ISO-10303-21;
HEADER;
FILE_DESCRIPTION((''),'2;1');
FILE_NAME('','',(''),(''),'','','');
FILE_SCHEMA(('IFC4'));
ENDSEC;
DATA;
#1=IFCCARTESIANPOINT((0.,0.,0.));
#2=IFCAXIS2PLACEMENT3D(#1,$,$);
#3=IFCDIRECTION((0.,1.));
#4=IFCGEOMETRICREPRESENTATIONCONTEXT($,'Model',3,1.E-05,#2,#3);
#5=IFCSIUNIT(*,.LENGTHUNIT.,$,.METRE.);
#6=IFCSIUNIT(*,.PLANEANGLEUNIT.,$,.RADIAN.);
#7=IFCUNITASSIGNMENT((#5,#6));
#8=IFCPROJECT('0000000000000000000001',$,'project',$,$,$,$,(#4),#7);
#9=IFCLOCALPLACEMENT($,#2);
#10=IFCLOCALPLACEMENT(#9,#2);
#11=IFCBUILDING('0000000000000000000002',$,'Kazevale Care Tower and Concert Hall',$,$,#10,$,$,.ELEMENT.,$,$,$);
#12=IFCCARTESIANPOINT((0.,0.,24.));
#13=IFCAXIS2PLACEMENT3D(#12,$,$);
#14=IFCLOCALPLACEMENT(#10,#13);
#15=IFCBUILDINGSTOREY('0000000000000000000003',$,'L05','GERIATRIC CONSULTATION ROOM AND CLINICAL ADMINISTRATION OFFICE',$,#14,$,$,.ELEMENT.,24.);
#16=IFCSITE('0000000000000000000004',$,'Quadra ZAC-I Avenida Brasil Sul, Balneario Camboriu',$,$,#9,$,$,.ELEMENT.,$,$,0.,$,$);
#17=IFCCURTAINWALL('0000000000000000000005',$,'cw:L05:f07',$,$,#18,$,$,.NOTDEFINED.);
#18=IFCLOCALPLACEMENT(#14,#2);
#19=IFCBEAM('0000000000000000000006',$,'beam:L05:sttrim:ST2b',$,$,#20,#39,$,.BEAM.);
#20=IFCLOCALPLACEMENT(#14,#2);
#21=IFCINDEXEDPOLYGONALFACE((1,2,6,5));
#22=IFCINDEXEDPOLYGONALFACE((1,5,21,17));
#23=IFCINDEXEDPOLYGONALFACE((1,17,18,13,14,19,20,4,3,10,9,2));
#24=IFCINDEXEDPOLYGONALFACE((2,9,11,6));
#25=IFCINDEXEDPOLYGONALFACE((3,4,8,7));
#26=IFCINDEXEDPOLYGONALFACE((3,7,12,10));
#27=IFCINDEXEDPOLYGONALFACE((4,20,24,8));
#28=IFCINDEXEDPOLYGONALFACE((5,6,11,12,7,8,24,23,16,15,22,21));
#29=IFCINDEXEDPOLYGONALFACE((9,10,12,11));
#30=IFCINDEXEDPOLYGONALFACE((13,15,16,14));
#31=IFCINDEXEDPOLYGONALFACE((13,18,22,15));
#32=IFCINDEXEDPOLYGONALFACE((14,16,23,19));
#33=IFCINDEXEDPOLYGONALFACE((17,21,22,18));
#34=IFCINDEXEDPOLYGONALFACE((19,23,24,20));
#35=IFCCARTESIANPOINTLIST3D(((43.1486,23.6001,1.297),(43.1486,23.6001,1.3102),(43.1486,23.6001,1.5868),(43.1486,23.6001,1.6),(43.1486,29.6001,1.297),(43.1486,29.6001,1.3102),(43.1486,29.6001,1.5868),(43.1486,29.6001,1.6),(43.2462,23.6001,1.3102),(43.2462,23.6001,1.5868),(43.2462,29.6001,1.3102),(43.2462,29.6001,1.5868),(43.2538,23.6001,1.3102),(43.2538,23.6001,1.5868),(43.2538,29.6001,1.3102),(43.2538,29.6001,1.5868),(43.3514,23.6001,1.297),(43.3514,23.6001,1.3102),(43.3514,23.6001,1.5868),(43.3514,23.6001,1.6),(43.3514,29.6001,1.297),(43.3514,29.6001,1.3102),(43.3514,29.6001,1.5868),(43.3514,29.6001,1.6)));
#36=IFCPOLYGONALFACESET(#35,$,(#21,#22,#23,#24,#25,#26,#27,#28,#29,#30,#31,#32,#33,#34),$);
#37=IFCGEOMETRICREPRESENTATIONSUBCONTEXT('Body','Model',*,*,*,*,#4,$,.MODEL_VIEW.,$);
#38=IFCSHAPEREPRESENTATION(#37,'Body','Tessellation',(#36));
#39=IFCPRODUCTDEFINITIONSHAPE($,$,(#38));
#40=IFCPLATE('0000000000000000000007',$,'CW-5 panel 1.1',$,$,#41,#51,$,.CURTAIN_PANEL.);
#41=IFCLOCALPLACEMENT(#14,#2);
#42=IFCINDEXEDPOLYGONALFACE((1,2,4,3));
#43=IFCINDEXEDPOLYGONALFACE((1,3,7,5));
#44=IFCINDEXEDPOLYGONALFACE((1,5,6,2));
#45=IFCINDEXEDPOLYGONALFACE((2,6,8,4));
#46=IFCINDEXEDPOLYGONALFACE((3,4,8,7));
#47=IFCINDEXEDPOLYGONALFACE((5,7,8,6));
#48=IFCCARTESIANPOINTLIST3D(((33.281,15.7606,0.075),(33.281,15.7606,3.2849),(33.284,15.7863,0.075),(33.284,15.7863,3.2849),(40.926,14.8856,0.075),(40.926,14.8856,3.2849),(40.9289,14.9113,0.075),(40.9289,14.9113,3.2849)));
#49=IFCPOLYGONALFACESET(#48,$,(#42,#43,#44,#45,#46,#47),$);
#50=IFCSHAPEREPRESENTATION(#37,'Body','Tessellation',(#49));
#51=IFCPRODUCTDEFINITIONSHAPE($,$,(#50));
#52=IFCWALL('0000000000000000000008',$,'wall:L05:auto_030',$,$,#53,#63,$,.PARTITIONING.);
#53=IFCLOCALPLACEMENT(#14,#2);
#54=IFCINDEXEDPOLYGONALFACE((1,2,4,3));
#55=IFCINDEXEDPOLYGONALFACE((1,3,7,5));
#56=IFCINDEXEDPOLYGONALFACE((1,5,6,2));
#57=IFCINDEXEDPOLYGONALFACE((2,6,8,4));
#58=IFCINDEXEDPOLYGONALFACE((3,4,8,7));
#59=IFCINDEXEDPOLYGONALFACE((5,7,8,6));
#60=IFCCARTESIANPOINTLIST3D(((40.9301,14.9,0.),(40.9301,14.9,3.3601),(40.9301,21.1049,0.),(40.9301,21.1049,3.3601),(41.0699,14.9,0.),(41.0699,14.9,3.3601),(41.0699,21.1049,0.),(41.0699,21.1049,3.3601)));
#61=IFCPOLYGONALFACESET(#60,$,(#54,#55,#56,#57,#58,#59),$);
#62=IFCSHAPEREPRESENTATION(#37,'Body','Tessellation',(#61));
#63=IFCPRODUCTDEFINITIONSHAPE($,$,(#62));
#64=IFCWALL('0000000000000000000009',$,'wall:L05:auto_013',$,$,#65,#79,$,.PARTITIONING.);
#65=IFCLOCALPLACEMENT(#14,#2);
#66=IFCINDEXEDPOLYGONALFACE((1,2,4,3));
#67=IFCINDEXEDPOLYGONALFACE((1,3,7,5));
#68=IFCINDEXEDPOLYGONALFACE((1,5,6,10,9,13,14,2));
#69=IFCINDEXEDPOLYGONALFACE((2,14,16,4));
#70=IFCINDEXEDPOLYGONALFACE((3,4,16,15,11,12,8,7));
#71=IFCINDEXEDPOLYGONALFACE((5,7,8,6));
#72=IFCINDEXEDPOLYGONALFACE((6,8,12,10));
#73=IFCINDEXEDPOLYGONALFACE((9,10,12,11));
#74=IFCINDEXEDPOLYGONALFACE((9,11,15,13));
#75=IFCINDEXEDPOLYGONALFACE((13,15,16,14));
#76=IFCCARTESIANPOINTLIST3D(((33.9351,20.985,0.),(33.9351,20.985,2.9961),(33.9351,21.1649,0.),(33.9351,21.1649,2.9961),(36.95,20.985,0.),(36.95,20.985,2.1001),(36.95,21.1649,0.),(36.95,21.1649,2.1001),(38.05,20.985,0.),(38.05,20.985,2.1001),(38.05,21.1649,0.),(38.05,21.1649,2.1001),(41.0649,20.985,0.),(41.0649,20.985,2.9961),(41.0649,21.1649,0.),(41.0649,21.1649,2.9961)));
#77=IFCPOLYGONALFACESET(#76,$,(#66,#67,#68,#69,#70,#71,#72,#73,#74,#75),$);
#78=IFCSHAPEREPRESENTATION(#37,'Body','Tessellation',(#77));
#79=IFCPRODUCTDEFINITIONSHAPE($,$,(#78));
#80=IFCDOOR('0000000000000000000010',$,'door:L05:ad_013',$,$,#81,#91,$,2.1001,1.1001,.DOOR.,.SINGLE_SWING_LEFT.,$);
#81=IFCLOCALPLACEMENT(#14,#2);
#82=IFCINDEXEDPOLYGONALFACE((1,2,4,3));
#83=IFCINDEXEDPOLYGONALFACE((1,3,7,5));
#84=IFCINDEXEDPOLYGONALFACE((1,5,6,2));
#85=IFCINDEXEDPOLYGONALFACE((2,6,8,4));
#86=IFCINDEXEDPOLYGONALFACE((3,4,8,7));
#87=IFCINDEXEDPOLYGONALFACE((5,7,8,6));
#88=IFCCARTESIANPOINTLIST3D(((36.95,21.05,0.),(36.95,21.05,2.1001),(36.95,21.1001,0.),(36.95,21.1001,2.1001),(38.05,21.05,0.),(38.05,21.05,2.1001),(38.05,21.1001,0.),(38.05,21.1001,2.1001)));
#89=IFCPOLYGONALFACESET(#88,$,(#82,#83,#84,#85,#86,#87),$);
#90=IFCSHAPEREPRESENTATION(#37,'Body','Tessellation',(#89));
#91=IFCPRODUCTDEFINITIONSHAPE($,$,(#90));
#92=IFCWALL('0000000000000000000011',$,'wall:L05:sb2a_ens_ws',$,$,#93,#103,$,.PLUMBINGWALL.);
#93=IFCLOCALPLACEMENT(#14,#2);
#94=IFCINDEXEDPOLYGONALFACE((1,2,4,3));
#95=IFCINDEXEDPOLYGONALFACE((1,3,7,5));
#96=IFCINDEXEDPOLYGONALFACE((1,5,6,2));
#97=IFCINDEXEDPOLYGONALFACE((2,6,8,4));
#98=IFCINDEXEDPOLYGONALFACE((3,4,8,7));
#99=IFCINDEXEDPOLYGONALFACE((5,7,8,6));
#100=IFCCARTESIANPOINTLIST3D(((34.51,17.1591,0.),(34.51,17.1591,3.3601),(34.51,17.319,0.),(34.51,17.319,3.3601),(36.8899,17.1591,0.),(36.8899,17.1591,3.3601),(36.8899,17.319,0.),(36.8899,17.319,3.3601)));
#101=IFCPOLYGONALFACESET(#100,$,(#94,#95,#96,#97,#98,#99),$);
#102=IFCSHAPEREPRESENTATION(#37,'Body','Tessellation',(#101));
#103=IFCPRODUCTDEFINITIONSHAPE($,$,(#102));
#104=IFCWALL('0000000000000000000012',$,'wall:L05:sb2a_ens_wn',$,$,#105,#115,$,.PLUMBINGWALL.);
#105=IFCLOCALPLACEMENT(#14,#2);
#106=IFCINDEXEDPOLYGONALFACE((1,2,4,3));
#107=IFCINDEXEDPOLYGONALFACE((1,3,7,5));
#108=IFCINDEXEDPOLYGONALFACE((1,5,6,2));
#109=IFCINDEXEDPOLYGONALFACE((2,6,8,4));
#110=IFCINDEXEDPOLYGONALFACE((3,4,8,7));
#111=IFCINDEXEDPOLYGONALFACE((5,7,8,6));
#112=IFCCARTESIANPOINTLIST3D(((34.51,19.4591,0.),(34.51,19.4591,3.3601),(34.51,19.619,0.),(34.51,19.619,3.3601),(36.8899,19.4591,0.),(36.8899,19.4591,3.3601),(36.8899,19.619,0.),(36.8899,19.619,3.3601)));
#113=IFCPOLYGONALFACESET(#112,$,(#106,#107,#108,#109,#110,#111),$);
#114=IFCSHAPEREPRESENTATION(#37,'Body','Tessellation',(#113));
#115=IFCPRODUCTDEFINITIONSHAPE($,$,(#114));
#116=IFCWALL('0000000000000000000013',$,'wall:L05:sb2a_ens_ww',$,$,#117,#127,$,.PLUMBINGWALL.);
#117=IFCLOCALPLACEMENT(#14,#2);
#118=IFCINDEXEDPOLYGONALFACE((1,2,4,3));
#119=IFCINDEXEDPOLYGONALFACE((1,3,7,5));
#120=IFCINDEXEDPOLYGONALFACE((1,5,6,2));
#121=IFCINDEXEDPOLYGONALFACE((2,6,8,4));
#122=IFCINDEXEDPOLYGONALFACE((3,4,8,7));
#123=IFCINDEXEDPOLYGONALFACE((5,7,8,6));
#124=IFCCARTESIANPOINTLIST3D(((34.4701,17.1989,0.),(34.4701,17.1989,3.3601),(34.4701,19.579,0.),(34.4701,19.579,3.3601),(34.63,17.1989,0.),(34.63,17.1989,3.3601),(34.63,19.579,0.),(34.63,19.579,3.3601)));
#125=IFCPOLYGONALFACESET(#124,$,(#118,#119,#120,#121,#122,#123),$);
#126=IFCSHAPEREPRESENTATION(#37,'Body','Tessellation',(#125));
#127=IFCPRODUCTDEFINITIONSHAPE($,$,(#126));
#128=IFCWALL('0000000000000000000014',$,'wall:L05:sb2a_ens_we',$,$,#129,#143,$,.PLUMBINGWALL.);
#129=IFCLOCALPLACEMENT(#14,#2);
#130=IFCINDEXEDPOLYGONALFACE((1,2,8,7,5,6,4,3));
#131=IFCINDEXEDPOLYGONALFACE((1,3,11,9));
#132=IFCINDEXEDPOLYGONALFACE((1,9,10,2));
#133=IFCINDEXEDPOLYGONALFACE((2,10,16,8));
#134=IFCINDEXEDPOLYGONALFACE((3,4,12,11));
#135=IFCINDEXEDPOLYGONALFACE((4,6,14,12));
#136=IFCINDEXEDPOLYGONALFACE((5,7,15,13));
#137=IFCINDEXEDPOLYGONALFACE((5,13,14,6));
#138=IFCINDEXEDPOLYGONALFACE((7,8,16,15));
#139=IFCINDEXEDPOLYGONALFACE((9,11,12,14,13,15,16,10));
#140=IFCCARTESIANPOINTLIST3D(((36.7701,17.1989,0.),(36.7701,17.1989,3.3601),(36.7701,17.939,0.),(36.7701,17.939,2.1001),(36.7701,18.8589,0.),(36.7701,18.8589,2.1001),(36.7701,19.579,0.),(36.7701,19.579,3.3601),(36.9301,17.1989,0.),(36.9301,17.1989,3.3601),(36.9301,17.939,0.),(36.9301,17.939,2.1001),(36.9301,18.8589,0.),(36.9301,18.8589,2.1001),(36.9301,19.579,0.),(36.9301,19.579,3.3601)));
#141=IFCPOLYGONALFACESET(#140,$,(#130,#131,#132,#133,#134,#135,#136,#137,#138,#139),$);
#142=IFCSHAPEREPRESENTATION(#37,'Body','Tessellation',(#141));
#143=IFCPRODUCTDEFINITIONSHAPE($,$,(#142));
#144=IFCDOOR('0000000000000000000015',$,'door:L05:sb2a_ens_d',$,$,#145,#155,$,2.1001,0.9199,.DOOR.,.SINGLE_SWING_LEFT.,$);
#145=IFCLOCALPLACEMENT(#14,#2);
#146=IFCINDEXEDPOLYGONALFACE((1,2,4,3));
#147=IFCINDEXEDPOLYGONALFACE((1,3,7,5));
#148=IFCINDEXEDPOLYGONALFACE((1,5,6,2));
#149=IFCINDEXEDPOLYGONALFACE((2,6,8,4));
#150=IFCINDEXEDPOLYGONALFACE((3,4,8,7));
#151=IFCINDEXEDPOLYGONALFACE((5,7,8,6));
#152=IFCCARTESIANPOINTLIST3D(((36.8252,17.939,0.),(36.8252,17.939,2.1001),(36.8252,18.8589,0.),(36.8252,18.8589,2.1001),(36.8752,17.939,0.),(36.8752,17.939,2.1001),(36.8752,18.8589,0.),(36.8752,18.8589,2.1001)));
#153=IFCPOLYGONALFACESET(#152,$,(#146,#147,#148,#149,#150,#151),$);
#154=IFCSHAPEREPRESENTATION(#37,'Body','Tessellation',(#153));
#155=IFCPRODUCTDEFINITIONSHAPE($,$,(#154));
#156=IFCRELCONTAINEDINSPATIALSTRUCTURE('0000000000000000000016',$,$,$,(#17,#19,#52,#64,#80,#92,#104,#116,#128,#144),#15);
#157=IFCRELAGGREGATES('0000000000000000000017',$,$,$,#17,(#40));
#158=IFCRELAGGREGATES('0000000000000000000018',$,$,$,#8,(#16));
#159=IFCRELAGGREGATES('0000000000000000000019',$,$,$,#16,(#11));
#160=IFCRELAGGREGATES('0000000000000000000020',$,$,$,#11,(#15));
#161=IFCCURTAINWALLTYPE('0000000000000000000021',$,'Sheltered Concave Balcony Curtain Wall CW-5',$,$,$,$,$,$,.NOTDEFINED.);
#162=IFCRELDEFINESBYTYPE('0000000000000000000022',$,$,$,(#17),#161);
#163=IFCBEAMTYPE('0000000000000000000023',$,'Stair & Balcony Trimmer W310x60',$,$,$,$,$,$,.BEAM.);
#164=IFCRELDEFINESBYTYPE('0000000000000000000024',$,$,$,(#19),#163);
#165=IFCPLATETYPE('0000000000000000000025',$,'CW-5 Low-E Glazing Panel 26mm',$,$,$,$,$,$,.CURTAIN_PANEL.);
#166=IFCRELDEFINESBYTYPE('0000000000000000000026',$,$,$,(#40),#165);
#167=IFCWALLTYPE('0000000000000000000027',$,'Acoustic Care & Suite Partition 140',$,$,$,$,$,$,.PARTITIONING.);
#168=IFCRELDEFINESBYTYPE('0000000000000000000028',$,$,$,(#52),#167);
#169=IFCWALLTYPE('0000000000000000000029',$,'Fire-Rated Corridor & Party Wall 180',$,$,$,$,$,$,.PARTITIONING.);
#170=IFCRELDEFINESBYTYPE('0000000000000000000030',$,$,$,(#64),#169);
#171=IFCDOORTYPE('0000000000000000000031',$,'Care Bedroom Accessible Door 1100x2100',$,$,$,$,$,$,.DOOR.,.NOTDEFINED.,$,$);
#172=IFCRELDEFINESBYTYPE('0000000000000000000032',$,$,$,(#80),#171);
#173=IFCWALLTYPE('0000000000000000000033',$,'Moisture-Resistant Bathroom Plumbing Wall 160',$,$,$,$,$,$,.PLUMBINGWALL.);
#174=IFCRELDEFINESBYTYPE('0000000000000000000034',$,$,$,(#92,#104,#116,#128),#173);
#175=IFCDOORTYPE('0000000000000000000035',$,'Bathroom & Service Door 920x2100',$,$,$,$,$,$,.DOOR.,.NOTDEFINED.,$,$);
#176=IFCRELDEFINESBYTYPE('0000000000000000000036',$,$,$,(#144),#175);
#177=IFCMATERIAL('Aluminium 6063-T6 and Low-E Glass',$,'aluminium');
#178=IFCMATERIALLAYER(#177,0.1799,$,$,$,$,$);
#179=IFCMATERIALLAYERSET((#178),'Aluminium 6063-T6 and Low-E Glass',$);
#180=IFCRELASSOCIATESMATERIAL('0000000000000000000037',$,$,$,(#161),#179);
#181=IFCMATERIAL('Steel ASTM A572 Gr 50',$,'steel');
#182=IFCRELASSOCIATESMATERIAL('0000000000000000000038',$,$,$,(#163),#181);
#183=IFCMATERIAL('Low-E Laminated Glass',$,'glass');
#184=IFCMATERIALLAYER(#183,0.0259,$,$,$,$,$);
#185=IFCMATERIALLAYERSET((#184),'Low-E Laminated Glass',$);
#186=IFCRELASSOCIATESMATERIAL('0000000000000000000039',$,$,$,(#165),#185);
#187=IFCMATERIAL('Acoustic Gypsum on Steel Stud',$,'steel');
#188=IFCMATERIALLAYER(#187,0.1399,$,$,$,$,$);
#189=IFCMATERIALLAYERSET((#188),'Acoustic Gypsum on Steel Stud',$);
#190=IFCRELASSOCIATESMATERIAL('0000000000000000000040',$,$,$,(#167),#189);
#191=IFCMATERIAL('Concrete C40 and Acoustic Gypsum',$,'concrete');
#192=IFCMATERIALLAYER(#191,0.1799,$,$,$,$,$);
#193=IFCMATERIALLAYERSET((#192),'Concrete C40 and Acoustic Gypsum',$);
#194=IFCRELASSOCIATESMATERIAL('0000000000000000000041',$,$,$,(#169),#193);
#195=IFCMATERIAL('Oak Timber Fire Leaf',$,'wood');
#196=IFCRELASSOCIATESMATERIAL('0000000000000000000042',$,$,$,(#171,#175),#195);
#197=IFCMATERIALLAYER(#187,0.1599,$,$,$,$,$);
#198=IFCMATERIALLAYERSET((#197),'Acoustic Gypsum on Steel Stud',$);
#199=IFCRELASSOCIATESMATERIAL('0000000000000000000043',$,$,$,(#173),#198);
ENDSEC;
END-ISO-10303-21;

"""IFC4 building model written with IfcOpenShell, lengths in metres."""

from ifc_helpers import new_model, si_unit, direction, frame, frame_2d, origin, origin_2d, place, context, subcontext, project, spatial, rectangle, i_section, extrude, material, layer, layer_set, material_profile, profile_set, type_object, element, fill, aggregate, save


model = new_model("IFC4")

# Units and contexts
model_context = context("Model", 3, precision=1e-05, world=origin(), true_north=direction((0.0, 1.0)))
body_context = subcontext(model_context, "Body", "Model", "MODEL_VIEW")
ifc_project = project(units=[si_unit("LENGTHUNIT", "METRE"), si_unit("PLANEANGLEUNIT", "RADIAN")], contexts=[model_context])

# Site, building, storey
site_placement = place(None, origin())
site = spatial("IfcSite", under=ifc_project, at=site_placement, Name="Quadra ZAC-I Avenida Brasil Sul, Balneario Camboriu", CompositionType="ELEMENT", RefElevation=0.0)
building_placement = place(site_placement, origin())
building = spatial("IfcBuilding", under=site, at=building_placement, Name="Kazevale Care Tower and Concert Hall", CompositionType="ELEMENT")
storey_placement = place(building_placement, frame((0.0, 0.0, 24.0)))
storey = spatial("IfcBuildingStorey", under=building, at=storey_placement, Name="L05", Description="GERIATRIC CONSULTATION ROOM AND CLINICAL ADMINISTRATION OFFICE", CompositionType="ELEMENT", Elevation=24.0)

# Shared definitions
ifc_material_1 = material(Name="Aluminium 6063-T6 and Low-E Glass", Category="aluminium")
ifc_layer_1 = layer(ifc_material_1, 0.1799)
ifc_layer_set_1 = layer_set([ifc_layer_1], Name="Aluminium 6063-T6 and Low-E Glass")
curtain_wall_type = type_object("IfcCurtainWallType", Name="Sheltered Concave Balcony Curtain Wall CW-5", PredefinedType="NOTDEFINED", material=ifc_layer_set_1)

# Curtain wall
curtain_wall_1_placement = place(storey_placement, origin())
curtain_wall_1 = element("IfcCurtainWall", 1, at=curtain_wall_1_placement, inside=storey, type_object=curtain_wall_type, Name="cw:L05:f07", PredefinedType="NOTDEFINED")

# Beam
ifc_material_2 = material(Name="Steel ASTM A572 Gr 50", Category="steel")
ifc_material_profile_1 = material_profile(ifc_material_2, i_section(OverallWidth=0.2029, OverallDepth=0.303, WebThickness=0.0076, FlangeThickness=0.0132, at=origin_2d()), Name="W310x60")
ifc_profile_set_1 = profile_set([ifc_material_profile_1], Name="Steel ASTM A572 Gr 50")
beam_type_1 = type_object("IfcBeamType", Name="Stair & Balcony Trimmer W310x60", PredefinedType="BEAM", material=ifc_profile_set_1)
for number, where, z_axis, x_axis, name in (
    (2, (43.25, 23.6001, 1.4485), (0.0, 1.0, 0.0), (-1.0, 0.0, 0.0), "beam:L05:sttrim:ST2b"),
):
    element("IfcBeam", number, at=place(storey_placement, frame(where, z_axis=z_axis, x_axis=x_axis)), inside=storey, type_object=beam_type_1, Name=name, PredefinedType="BEAM", context=body_context, shape_type="SweptSolid", body=[
        extrude(i_section(OverallWidth=0.2029, OverallDepth=0.303, WebThickness=0.0076, FlangeThickness=0.0132, at=origin_2d()), origin(), (0.0, 0.0, 1.0), 6.0),
    ])

# Plate
ifc_material_3 = material(Name="Low-E Laminated Glass", Category="glass")
ifc_layer_2 = layer(ifc_material_3, 0.0259)
ifc_layer_set_2 = layer_set([ifc_layer_2], Name="Low-E Laminated Glass")
plate_type = type_object("IfcPlateType", Name="CW-5 Low-E Glazing Panel 26mm", PredefinedType="CURTAIN_PANEL", material=ifc_layer_set_2)
plate_placement = place(storey_placement, frame((37.105, 15.3359, 0.075), z_axis=(0.0, 0.0, 1.0), x_axis=(-0.993515, 0.113705, 0.0)))
plate = element("IfcPlate", 3, at=plate_placement, type_object=plate_type, Name="CW-5 panel 1.1", PredefinedType="CURTAIN_PANEL", context=body_context, shape_type="SweptSolid", body=[
    extrude(rectangle(XDim=7.6948, YDim=0.0259, at=origin_2d()), origin(), (0.0, 0.0, 1.0), 3.21),
])
aggregate(curtain_wall_1, [plate])

# Wall
ifc_material_4 = material(Name="Acoustic Gypsum on Steel Stud", Category="steel")
ifc_layer_3 = layer(ifc_material_4, 0.1399)
ifc_layer_set_3 = layer_set([ifc_layer_3], Name="Acoustic Gypsum on Steel Stud")
wall_type_1 = type_object("IfcWallType", Name="Acoustic Care & Suite Partition 140", PredefinedType="PARTITIONING", material=ifc_layer_set_3)
wall_1_placement = place(storey_placement, frame((41.0, 21.105, 0.0), z_axis=(0.0, 0.0, 1.0), x_axis=(0.0, -1.0, 0.0)))
element("IfcWall", 4, at=wall_1_placement, inside=storey, type_object=wall_type_1, Name="wall:L05:auto_030", PredefinedType="PARTITIONING", context=body_context, shape_type="SweptSolid", body=[
    extrude(rectangle(XDim=6.2048, YDim=0.1399, at=frame_2d((3.1025, 0.0))), origin(), (0.0, 0.0, 1.0), 3.3601),
])

# Wall, opening, door
ifc_material_5 = material(Name="Concrete C40 and Acoustic Gypsum", Category="concrete")
ifc_layer_4 = layer(ifc_material_5, 0.1799)
ifc_layer_set_4 = layer_set([ifc_layer_4], Name="Concrete C40 and Acoustic Gypsum")
wall_type_2 = type_object("IfcWallType", Name="Fire-Rated Corridor & Party Wall 180", PredefinedType="PARTITIONING", material=ifc_layer_set_4)
wall_2_placement = place(storey_placement, frame((41.0649, 21.075, 0.0), z_axis=(0.0, 0.0, 1.0), x_axis=(-1.0, 0.0, 0.0)))
wall_2 = element("IfcWall", 5, at=wall_2_placement, inside=storey, type_object=wall_type_2, Name="wall:L05:auto_013", PredefinedType="PARTITIONING", context=body_context, shape_type="SweptSolid", body=[
    extrude(rectangle(XDim=7.1299, YDim=0.1799, at=frame_2d((3.5649, 0.0))), origin(), (0.0, 0.0, 1.0), 2.9961),
])
opening_1_placement = place(wall_2_placement, frame((3.0149, 0.0, 0.0)))
opening_1 = element("IfcOpeningElement", 6, at=opening_1_placement, cuts=wall_2, PredefinedType="OPENING", context=body_context, shape_type="SweptSolid", body=[
    extrude(rectangle(XDim=1.1001, YDim=2.1001, at=frame_2d((0.55, 1.05))), frame((0.0, 0.0999, 0.0), z_axis=(0.0, -1.0, 0.0), x_axis=(1.0, 0.0, 0.0)), (0.0, 0.0, 1.0), 0.2),
])
ifc_material_6 = material(Name="Oak Timber Fire Leaf", Category="wood")
door_type_1 = type_object("IfcDoorType", Name="Care Bedroom Accessible Door 1100x2100", OperationType="NOTDEFINED", PredefinedType="DOOR", material=ifc_material_6)
door_1_placement = place(opening_1_placement, origin())
door_1 = element("IfcDoor", 7, at=door_1_placement, inside=storey, type_object=door_type_1, Name="door:L05:ad_013", OperationType="SINGLE_SWING_LEFT", OverallHeight=2.1001, OverallWidth=1.1001, PredefinedType="DOOR", context=body_context, shape_type="SweptSolid", body=[
    extrude(rectangle(XDim=1.1001, YDim=2.1001, at=frame_2d((0.55, 1.05))), frame((0.0, 0.0249, 0.0), z_axis=(0.0, -1.0, 0.0), x_axis=(1.0, 0.0, 0.0)), (0.0, 0.0, 1.0), 0.05),
])
fill(opening_1, door_1)

# Walls
ifc_layer_5 = layer(ifc_material_4, 0.1599)
ifc_layer_set_5 = layer_set([ifc_layer_5], Name="Acoustic Gypsum on Steel Stud")
wall_type_3 = type_object("IfcWallType", Name="Moisture-Resistant Bathroom Plumbing Wall 160", PredefinedType="PLUMBINGWALL", material=ifc_layer_set_5)
for number, where, z_axis, x_axis, name in (
    (8, (34.51, 17.239, 0.0), (0.0, 0.0, 1.0), (1.0, 0.0, 0.0), "wall:L05:sb2a_ens_ws"),
    (9, (34.51, 19.5391, 0.0), (0.0, 0.0, 1.0), (1.0, 0.0, 0.0), "wall:L05:sb2a_ens_wn"),
):
    element("IfcWall", number, at=place(storey_placement, frame(where, z_axis=z_axis, x_axis=x_axis)), inside=storey, type_object=wall_type_3, Name=name, PredefinedType="PLUMBINGWALL", context=body_context, shape_type="SweptSolid", body=[
        extrude(rectangle(XDim=2.3799, YDim=0.1599, at=frame_2d((1.1899, 0.0))), origin(), (0.0, 0.0, 1.0), 3.3601),
    ])
wall_3_placement = place(storey_placement, frame((34.55, 17.199, 0.0), z_axis=(0.0, 0.0, 1.0), x_axis=(0.0, 1.0, 0.0)))
element("IfcWall", 10, at=wall_3_placement, inside=storey, type_object=wall_type_3, Name="wall:L05:sb2a_ens_ww", PredefinedType="PLUMBINGWALL", context=body_context, shape_type="SweptSolid", body=[
    extrude(rectangle(XDim=2.3801, YDim=0.1599, at=frame_2d((1.1899, 0.0))), origin(), (0.0, 0.0, 1.0), 3.3601),
])

# Wall, opening, door
wall_4_placement = place(storey_placement, frame((36.8501, 17.199, 0.0), z_axis=(0.0, 0.0, 1.0), x_axis=(0.0, 1.0, 0.0)))
wall_4 = element("IfcWall", 11, at=wall_4_placement, inside=storey, type_object=wall_type_3, Name="wall:L05:sb2a_ens_we", PredefinedType="PLUMBINGWALL", context=body_context, shape_type="SweptSolid", body=[
    extrude(rectangle(XDim=2.3801, YDim=0.1599, at=frame_2d((1.1899, 0.0))), origin(), (0.0, 0.0, 1.0), 3.3601),
])
opening_2_placement = place(wall_4_placement, frame((0.74, 0.0, 0.0)))
opening_2 = element("IfcOpeningElement", 12, at=opening_2_placement, cuts=wall_4, PredefinedType="OPENING", context=body_context, shape_type="SweptSolid", body=[
    extrude(rectangle(XDim=0.9199, YDim=2.1001, at=frame_2d((0.46, 1.05))), frame((0.0, 0.0898, 0.0), z_axis=(0.0, -1.0, 0.0), x_axis=(1.0, 0.0, 0.0)), (0.0, 0.0, 1.0), 0.1799),
])
door_type_2 = type_object("IfcDoorType", Name="Bathroom & Service Door 920x2100", OperationType="NOTDEFINED", PredefinedType="DOOR", material=ifc_material_6)
door_2_placement = place(opening_2_placement, origin())
door_2 = element("IfcDoor", 13, at=door_2_placement, inside=storey, type_object=door_type_2, Name="door:L05:sb2a_ens_d", OperationType="SINGLE_SWING_LEFT", OverallHeight=2.1001, OverallWidth=0.9199, PredefinedType="DOOR", context=body_context, shape_type="SweptSolid", body=[
    extrude(rectangle(XDim=0.9199, YDim=2.1001, at=frame_2d((0.46, 1.05))), frame((0.0, 0.0249, 0.0), z_axis=(0.0, -1.0, 0.0), x_axis=(1.0, 0.0, 0.0)), (0.0, 0.0, 1.0), 0.05),
])
fill(opening_2, door_2)

save(model, "model.ifc")
